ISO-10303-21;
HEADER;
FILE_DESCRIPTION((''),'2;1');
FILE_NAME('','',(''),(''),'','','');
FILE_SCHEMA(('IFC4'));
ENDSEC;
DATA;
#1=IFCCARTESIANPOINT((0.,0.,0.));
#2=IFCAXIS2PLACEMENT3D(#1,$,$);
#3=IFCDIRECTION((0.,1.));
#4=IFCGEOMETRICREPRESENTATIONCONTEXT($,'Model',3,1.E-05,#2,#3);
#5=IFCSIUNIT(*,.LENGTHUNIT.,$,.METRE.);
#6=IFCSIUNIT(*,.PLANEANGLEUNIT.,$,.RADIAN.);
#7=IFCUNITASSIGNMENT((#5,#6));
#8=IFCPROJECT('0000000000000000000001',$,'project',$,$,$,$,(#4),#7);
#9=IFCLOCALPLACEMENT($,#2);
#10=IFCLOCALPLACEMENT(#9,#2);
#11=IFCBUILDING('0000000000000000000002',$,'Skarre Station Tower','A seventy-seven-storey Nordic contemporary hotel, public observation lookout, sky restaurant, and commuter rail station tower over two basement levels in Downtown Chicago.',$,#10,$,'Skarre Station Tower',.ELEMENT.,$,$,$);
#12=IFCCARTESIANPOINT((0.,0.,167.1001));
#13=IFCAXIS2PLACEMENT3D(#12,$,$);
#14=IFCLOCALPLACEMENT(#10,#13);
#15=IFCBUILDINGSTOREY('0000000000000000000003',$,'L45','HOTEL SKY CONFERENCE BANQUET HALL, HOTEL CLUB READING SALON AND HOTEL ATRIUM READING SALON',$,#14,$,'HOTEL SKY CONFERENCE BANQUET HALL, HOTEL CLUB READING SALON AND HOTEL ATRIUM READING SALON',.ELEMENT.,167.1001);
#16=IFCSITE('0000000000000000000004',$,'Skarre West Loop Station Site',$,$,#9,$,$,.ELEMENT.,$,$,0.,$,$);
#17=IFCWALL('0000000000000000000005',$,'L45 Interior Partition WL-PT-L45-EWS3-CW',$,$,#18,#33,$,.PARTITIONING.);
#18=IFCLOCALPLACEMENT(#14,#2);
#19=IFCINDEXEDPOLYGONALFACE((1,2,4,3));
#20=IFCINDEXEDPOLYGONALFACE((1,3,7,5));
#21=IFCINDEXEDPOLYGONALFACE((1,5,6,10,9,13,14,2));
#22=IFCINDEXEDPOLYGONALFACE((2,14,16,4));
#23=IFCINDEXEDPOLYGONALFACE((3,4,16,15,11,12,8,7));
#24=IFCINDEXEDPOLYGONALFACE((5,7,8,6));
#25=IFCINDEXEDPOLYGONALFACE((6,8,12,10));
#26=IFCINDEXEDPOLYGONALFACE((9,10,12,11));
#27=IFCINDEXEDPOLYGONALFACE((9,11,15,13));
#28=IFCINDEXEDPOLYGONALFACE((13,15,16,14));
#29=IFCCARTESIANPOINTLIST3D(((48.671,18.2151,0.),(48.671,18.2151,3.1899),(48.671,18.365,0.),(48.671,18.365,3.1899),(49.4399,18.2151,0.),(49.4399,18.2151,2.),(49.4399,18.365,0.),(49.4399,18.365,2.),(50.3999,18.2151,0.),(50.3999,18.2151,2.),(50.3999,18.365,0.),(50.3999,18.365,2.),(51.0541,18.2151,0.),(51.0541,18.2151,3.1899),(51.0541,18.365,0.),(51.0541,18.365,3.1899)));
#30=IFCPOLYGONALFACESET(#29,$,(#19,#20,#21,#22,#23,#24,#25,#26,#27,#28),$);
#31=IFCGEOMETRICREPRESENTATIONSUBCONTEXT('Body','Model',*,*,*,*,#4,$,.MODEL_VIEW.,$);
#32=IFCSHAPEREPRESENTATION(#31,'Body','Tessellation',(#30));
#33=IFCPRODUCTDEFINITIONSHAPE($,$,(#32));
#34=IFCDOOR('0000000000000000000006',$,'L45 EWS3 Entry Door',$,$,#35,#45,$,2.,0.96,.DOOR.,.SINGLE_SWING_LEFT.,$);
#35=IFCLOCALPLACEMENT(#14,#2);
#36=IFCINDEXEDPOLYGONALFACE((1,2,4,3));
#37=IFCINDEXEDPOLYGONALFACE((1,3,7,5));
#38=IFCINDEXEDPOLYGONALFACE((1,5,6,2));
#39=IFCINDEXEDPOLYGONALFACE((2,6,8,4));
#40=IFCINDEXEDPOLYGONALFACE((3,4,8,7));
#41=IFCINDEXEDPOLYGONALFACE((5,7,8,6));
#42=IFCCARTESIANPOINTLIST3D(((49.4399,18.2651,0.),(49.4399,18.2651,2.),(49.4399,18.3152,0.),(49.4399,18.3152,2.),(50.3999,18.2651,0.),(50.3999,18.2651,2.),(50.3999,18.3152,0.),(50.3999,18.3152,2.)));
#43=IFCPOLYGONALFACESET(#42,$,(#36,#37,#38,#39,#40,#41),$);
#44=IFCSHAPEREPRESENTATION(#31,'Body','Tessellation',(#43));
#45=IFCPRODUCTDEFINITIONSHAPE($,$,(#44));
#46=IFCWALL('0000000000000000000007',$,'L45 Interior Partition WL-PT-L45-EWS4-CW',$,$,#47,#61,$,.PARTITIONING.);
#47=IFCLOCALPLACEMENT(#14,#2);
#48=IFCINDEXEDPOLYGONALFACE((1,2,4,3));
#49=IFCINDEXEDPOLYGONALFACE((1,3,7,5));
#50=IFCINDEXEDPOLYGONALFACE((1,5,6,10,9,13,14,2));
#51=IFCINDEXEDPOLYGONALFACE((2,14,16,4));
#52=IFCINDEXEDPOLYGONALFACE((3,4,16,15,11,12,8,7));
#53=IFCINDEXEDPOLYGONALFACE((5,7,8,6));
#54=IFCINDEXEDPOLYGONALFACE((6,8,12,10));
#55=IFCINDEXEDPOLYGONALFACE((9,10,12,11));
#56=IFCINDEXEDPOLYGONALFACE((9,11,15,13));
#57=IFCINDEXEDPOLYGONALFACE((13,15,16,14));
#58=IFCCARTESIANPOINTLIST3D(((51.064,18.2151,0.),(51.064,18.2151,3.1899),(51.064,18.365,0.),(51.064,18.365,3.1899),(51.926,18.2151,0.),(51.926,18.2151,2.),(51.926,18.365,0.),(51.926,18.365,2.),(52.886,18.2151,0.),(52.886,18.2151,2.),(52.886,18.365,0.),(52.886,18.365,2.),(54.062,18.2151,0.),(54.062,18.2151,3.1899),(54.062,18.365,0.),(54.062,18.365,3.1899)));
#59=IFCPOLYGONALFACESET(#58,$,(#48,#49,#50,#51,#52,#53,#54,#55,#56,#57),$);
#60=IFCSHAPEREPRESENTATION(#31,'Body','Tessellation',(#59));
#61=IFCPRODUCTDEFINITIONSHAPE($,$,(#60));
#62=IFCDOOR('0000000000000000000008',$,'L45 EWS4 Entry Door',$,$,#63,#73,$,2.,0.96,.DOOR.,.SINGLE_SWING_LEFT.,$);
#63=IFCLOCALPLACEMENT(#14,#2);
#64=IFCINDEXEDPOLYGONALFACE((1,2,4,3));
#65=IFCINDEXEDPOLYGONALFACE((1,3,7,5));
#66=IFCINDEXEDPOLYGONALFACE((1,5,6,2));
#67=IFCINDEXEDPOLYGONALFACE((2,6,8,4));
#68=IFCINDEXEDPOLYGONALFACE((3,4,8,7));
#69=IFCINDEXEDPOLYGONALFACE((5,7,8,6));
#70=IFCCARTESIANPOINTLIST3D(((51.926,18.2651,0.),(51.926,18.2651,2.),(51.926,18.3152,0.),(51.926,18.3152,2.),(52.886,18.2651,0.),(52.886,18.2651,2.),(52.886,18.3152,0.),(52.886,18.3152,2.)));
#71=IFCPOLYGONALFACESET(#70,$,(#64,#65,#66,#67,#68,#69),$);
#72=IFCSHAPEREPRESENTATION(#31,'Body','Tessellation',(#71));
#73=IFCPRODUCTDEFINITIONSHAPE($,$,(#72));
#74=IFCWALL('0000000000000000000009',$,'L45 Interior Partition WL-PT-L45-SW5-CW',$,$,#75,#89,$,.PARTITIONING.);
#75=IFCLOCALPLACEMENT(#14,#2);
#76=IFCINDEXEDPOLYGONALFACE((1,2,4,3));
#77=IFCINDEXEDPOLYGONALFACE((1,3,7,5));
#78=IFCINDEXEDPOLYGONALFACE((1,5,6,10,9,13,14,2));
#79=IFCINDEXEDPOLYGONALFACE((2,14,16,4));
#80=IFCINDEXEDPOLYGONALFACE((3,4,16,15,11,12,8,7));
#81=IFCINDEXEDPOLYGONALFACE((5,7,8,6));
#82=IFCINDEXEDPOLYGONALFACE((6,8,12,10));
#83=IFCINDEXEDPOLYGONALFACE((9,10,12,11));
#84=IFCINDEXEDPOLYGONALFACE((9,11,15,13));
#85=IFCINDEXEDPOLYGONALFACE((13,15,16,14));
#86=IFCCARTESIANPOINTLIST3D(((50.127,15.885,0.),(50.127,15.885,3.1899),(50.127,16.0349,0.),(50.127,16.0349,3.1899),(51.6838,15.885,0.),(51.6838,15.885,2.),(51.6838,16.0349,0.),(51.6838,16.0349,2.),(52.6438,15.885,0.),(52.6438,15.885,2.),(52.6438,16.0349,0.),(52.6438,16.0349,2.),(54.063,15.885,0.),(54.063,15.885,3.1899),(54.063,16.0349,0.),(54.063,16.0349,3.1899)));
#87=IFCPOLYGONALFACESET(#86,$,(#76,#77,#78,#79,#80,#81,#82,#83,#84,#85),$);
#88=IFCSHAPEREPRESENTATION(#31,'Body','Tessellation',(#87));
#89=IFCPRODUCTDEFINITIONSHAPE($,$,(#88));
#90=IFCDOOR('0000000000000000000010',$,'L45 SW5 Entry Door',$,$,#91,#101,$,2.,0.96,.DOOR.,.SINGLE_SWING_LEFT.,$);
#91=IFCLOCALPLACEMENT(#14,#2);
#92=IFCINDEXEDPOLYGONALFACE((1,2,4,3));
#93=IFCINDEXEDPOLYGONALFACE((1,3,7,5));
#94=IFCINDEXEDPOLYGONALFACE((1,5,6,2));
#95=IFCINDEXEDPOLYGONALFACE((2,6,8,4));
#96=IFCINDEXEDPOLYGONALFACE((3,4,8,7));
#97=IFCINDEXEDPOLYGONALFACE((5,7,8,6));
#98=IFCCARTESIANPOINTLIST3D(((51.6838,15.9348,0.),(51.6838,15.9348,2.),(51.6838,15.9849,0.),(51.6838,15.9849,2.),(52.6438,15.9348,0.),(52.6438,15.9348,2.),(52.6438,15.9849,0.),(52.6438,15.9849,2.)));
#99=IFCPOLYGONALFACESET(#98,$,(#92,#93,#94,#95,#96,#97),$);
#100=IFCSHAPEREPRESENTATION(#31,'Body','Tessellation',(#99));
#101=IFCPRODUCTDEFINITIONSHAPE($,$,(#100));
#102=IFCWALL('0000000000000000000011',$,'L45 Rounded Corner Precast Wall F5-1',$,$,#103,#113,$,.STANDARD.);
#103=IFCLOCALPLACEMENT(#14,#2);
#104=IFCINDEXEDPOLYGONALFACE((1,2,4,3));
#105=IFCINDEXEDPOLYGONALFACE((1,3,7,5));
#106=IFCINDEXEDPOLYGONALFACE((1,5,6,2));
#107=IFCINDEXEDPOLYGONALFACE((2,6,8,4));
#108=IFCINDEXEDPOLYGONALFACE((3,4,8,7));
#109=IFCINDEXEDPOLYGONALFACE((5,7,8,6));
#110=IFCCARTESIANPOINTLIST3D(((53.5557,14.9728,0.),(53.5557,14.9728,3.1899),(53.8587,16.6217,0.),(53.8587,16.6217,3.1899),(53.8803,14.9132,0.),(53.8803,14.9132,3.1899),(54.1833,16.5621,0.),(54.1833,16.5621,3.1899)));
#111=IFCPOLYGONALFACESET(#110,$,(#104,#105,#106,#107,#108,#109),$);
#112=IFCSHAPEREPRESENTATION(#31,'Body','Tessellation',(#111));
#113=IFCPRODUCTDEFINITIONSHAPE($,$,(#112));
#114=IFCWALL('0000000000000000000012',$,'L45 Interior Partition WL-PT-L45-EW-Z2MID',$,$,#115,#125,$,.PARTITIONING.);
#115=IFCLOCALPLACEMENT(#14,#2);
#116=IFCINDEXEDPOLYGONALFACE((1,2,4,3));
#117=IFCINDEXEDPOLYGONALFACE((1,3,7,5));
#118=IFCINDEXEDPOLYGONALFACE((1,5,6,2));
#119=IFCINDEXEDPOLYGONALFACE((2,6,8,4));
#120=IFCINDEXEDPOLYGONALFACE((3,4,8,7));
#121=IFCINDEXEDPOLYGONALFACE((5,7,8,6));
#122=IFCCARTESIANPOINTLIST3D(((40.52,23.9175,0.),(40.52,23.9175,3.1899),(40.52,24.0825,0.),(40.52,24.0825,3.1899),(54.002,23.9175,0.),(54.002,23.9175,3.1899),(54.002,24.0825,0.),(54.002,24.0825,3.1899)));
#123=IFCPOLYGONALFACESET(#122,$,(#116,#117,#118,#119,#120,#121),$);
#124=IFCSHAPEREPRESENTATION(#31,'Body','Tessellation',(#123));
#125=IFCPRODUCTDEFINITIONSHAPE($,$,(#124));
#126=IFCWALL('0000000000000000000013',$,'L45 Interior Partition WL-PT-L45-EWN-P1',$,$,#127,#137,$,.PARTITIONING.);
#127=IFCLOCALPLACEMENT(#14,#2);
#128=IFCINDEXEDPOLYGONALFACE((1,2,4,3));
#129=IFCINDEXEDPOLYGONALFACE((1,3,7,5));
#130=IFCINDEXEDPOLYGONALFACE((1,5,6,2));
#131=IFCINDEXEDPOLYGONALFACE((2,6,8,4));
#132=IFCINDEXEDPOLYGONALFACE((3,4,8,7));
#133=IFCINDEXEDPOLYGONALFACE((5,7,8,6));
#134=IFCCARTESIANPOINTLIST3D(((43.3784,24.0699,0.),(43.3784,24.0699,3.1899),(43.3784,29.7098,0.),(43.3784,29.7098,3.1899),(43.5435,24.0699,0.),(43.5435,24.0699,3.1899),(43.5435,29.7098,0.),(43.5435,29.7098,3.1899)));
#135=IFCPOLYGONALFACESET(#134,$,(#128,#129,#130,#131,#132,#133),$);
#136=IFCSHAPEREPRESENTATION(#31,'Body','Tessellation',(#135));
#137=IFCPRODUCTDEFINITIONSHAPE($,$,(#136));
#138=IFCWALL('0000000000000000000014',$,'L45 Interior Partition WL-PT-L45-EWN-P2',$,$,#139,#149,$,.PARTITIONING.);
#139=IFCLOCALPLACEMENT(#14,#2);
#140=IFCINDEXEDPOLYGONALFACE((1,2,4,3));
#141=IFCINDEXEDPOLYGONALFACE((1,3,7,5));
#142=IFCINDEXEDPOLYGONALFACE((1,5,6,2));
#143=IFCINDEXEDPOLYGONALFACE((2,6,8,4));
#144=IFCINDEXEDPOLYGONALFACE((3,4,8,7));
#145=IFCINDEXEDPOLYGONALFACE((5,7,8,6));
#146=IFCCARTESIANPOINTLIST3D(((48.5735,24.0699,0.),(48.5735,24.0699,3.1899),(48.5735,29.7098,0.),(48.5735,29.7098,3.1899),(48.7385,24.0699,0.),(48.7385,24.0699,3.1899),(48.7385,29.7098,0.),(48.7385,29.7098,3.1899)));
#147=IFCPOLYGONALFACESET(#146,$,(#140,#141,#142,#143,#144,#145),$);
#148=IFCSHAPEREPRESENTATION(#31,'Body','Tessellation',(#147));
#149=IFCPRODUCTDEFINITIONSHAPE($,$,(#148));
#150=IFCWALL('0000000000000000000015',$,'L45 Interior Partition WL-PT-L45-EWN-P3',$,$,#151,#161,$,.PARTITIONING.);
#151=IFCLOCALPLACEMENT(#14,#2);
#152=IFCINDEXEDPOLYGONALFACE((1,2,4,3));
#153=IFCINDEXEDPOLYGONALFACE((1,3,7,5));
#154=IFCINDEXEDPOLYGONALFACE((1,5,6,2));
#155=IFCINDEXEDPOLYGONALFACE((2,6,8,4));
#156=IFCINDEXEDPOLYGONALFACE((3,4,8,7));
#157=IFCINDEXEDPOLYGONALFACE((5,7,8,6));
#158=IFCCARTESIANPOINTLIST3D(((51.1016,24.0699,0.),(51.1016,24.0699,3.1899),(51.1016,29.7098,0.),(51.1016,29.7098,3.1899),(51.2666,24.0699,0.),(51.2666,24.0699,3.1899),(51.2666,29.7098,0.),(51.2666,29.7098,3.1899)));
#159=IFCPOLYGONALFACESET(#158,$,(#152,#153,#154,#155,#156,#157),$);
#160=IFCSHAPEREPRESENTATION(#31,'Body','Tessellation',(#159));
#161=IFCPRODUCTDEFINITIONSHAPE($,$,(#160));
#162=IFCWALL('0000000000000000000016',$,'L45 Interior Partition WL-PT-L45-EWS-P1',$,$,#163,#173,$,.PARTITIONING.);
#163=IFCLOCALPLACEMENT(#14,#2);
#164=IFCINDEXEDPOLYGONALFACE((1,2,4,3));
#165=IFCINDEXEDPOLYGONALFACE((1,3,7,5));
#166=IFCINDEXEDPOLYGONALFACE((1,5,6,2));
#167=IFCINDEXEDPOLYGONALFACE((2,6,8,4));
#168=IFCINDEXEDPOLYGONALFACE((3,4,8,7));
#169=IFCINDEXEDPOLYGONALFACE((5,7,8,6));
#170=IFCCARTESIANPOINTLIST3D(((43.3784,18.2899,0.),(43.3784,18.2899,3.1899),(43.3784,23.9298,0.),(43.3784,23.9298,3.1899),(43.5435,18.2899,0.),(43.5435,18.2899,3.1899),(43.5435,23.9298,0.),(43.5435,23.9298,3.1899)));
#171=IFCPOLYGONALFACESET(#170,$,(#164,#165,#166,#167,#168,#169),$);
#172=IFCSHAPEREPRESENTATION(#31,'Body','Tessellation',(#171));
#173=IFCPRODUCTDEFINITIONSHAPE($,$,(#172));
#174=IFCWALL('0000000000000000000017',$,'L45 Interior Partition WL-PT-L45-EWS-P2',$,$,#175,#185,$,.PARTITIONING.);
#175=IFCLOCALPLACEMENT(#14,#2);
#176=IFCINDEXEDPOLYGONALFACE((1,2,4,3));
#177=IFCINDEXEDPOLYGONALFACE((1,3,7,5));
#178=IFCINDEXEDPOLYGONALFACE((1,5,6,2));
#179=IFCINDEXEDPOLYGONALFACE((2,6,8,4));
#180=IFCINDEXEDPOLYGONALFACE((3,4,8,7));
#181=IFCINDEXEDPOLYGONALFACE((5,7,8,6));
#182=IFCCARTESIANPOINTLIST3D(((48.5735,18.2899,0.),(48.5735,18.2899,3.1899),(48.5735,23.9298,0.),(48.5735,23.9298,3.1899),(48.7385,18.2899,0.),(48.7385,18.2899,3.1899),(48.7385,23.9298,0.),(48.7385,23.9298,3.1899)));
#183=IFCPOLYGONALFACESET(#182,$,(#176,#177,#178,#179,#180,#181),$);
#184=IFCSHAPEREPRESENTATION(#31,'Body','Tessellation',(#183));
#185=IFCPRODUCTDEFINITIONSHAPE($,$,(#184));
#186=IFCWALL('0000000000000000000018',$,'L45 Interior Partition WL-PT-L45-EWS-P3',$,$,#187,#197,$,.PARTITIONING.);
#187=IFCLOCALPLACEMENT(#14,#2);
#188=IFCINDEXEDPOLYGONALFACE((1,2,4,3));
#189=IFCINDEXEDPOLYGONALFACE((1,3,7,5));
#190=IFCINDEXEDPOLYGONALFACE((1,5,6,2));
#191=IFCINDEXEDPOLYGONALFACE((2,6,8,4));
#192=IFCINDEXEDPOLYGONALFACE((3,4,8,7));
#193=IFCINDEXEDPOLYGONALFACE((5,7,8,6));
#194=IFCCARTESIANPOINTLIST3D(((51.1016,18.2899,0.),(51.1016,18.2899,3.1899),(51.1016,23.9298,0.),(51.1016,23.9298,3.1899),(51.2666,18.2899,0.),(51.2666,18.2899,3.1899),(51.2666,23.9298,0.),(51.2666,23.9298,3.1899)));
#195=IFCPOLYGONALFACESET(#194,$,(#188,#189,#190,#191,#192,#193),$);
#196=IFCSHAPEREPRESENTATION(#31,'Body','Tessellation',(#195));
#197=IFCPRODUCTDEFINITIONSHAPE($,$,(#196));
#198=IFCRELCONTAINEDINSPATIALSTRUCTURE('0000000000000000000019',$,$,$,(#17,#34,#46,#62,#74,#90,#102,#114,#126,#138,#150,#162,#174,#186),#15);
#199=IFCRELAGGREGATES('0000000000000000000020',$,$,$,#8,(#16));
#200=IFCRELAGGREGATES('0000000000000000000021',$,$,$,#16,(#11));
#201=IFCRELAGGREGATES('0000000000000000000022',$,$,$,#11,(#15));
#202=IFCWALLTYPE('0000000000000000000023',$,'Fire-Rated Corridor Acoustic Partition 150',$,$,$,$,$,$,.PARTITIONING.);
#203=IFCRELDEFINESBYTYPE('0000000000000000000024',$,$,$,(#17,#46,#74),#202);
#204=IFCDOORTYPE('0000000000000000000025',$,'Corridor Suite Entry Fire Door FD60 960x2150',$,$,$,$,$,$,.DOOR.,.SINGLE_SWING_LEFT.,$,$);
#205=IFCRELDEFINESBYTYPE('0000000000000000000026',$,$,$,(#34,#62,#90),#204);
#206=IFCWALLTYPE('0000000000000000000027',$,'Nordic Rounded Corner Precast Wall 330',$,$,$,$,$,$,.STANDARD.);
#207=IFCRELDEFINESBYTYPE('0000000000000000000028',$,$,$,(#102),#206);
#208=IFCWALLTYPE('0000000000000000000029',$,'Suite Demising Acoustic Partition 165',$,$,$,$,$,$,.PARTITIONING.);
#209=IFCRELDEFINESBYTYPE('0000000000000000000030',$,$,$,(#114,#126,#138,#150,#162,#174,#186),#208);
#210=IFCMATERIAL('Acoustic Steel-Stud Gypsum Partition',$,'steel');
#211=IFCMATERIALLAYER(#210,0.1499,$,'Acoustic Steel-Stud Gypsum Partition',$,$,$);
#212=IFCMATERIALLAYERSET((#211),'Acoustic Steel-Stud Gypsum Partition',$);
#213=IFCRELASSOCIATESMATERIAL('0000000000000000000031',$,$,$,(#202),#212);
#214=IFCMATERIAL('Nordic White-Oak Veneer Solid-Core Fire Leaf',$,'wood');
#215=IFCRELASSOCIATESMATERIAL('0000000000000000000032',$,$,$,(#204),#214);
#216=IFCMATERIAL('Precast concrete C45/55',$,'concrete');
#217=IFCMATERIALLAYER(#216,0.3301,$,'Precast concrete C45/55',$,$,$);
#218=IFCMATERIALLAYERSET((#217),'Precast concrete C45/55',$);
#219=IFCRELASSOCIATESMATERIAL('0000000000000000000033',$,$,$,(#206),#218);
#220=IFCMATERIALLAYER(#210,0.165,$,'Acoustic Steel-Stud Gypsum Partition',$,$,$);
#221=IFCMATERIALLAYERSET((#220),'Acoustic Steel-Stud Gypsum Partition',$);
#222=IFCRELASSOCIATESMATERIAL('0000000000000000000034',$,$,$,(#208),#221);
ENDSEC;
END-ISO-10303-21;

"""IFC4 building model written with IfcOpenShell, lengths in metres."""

from ifc_helpers import new_model, si_unit, direction, frame, frame_2d, origin, place, context, subcontext, project, spatial, rectangle, extrude, material, layer, layer_set, type_object, element, fill, save


model = new_model("IFC4")

# Units and contexts
model_context = context("Model", 3, precision=1e-05, world=origin(), true_north=direction((0.0, 1.0)))
body_context = subcontext(model_context, "Body", "Model", "MODEL_VIEW")
ifc_project = project(units=[si_unit("LENGTHUNIT", "METRE"), si_unit("PLANEANGLEUNIT", "RADIAN")], contexts=[model_context])

# Site, building, storey
site_placement = place(None, origin())
site = spatial("IfcSite", under=ifc_project, at=site_placement, Name="Skarre West Loop Station Site", CompositionType="ELEMENT", RefElevation=0.0)
building_placement = place(site_placement, origin())
building = spatial("IfcBuilding", under=site, at=building_placement, Name="Skarre Station Tower", Description="A seventy-seven-storey Nordic contemporary hotel, public observation lookout, sky restaurant, and commuter rail station tower over two basement levels in Downtown Chicago.", LongName="Skarre Station Tower", CompositionType="ELEMENT")
storey_placement = place(building_placement, frame((0.0, 0.0, 167.1001)))
storey = spatial("IfcBuildingStorey", under=building, at=storey_placement, Name="L45", Description="HOTEL SKY CONFERENCE BANQUET HALL, HOTEL CLUB READING SALON AND HOTEL ATRIUM READING SALON", LongName="HOTEL SKY CONFERENCE BANQUET HALL, HOTEL CLUB READING SALON AND HOTEL ATRIUM READING SALON", CompositionType="ELEMENT", Elevation=167.1001)

# Shared definitions
ifc_material_1 = material(Name="Acoustic Steel-Stud Gypsum Partition", Category="steel")
ifc_layer_1 = layer(ifc_material_1, 0.1499, Name="Acoustic Steel-Stud Gypsum Partition")
ifc_layer_set_1 = layer_set([ifc_layer_1], Name="Acoustic Steel-Stud Gypsum Partition")
wall_type_1 = type_object("IfcWallType", Name="Fire-Rated Corridor Acoustic Partition 150", PredefinedType="PARTITIONING", material=ifc_layer_set_1)

# Walls, openings, doors
ifc_material_2 = material(Name="Nordic White-Oak Veneer Solid-Core Fire Leaf", Category="wood")
door_type = type_object("IfcDoorType", Name="Corridor Suite Entry Fire Door FD60 960x2150", OperationType="SINGLE_SWING_LEFT", PredefinedType="DOOR", material=ifc_material_2)
wall_1_placement = place(storey_placement, frame((51.054, 18.29, 0.0), z_axis=(0.0, 0.0, 1.0), x_axis=(-1.0, 0.0, 0.0)))
wall_1 = element("IfcWall", 1, at=wall_1_placement, inside=storey, type_object=wall_type_1, Name="L45 Interior Partition WL-PT-L45-EWS3-CW", PredefinedType="PARTITIONING", context=body_context, shape_type="SweptSolid", body=[
    extrude(rectangle(XDim=2.3831, YDim=0.1499, at=frame_2d((1.1914, 0.0))), origin(), (0.0, 0.0, 1.0), 3.1899),
])
opening_1_placement = place(wall_1_placement, frame((0.6541, 0.0, 0.0)))
opening_1 = element("IfcOpeningElement", 2, at=opening_1_placement, cuts=wall_1, PredefinedType="OPENING", context=body_context, shape_type="SweptSolid", body=[
    extrude(rectangle(XDim=0.96, YDim=2.0, at=frame_2d((0.48, 1.0))), frame((0.0, 0.085, 0.0), z_axis=(0.0, -1.0, 0.0), x_axis=(1.0, 0.0, 0.0)), (0.0, 0.0, 1.0), 0.1699),
])
door_1_placement = place(opening_1_placement, origin())
door_1 = element("IfcDoor", 3, at=door_1_placement, inside=storey, type_object=door_type, Name="L45 EWS3 Entry Door", OperationType="SINGLE_SWING_LEFT", OverallHeight=2.0, OverallWidth=0.96, PredefinedType="DOOR", context=body_context, shape_type="SweptSolid", body=[
    extrude(rectangle(XDim=0.96, YDim=2.0, at=frame_2d((0.48, 1.0))), frame((0.0, 0.0249, 0.0), z_axis=(0.0, -1.0, 0.0), x_axis=(1.0, 0.0, 0.0)), (0.0, 0.0, 1.0), 0.05),
])
fill(opening_1, door_1)
wall_2_placement = place(storey_placement, frame((54.062, 18.29, 0.0), z_axis=(0.0, 0.0, 1.0), x_axis=(-1.0, 0.0, 0.0)))
wall_2 = element("IfcWall", 4, at=wall_2_placement, inside=storey, type_object=wall_type_1, Name="L45 Interior Partition WL-PT-L45-EWS4-CW", PredefinedType="PARTITIONING", context=body_context, shape_type="SweptSolid", body=[
    extrude(rectangle(XDim=2.998, YDim=0.1499, at=frame_2d((1.499, 0.0))), origin(), (0.0, 0.0, 1.0), 3.1899),
])
opening_2_placement = place(wall_2_placement, frame((1.176, 0.0, 0.0)))
opening_2 = element("IfcOpeningElement", 5, at=opening_2_placement, cuts=wall_2, PredefinedType="OPENING", context=body_context, shape_type="SweptSolid", body=[
    extrude(rectangle(XDim=0.96, YDim=2.0, at=frame_2d((0.48, 1.0))), frame((0.0, 0.085, 0.0), z_axis=(0.0, -1.0, 0.0), x_axis=(1.0, 0.0, 0.0)), (0.0, 0.0, 1.0), 0.1699),
])
door_2_placement = place(opening_2_placement, origin())
door_2 = element("IfcDoor", 6, at=door_2_placement, inside=storey, type_object=door_type, Name="L45 EWS4 Entry Door", OperationType="SINGLE_SWING_LEFT", OverallHeight=2.0, OverallWidth=0.96, PredefinedType="DOOR", context=body_context, shape_type="SweptSolid", body=[
    extrude(rectangle(XDim=0.96, YDim=2.0, at=frame_2d((0.48, 1.0))), frame((0.0, 0.0249, 0.0), z_axis=(0.0, -1.0, 0.0), x_axis=(1.0, 0.0, 0.0)), (0.0, 0.0, 1.0), 0.05),
])
fill(opening_2, door_2)
wall_3_placement = place(storey_placement, frame((50.127, 15.96, 0.0), z_axis=(0.0, 0.0, 1.0), x_axis=(1.0, 0.0, 0.0)))
wall_3 = element("IfcWall", 7, at=wall_3_placement, inside=storey, type_object=wall_type_1, Name="L45 Interior Partition WL-PT-L45-SW5-CW", PredefinedType="PARTITIONING", context=body_context, shape_type="SweptSolid", body=[
    extrude(rectangle(XDim=3.936, YDim=0.1499, at=frame_2d((1.968, 0.0))), origin(), (0.0, 0.0, 1.0), 3.1899),
])
opening_3_placement = place(wall_3_placement, frame((1.5569, 0.0, 0.0)))
opening_3 = element("IfcOpeningElement", 8, at=opening_3_placement, cuts=wall_3, PredefinedType="OPENING", context=body_context, shape_type="SweptSolid", body=[
    extrude(rectangle(XDim=0.96, YDim=2.0, at=frame_2d((0.48, 1.0))), frame((0.0, 0.085, 0.0), z_axis=(0.0, -1.0, 0.0), x_axis=(1.0, 0.0, 0.0)), (0.0, 0.0, 1.0), 0.1699),
])
door_3_placement = place(opening_3_placement, origin())
door_3 = element("IfcDoor", 9, at=door_3_placement, inside=storey, type_object=door_type, Name="L45 SW5 Entry Door", OperationType="SINGLE_SWING_LEFT", OverallHeight=2.0, OverallWidth=0.96, PredefinedType="DOOR", context=body_context, shape_type="SweptSolid", body=[
    extrude(rectangle(XDim=0.96, YDim=2.0, at=frame_2d((0.48, 1.0))), frame((0.0, 0.0249, 0.0), z_axis=(0.0, -1.0, 0.0), x_axis=(1.0, 0.0, 0.0)), (0.0, 0.0, 1.0), 0.05),
])
fill(opening_3, door_3)

# Walls
ifc_material_3 = material(Name="Precast concrete C45/55", Category="concrete")
ifc_layer_2 = layer(ifc_material_3, 0.3301, Name="Precast concrete C45/55")
ifc_layer_set_2 = layer_set([ifc_layer_2], Name="Precast concrete C45/55")
wall_type_2 = type_object("IfcWallType", Name="Nordic Rounded Corner Precast Wall 330", PredefinedType="STANDARD", material=ifc_layer_set_2)
wall_4_placement = place(storey_placement, frame((54.021, 16.592, 0.0), z_axis=(0.0, 0.0, 1.0), x_axis=(-0.180718, -0.983535, 0.0)))
element("IfcWall", 10, at=wall_4_placement, inside=storey, type_object=wall_type_2, Name="L45 Rounded Corner Precast Wall F5-1", PredefinedType="STANDARD", context=body_context, shape_type="SweptSolid", body=[
    extrude(rectangle(XDim=1.6765, YDim=0.3301, at=frame_2d((0.8384, 0.0))), origin(), (0.0, 0.0, 1.0), 3.1899),
])
ifc_layer_3 = layer(ifc_material_1, 0.165, Name="Acoustic Steel-Stud Gypsum Partition")
ifc_layer_set_3 = layer_set([ifc_layer_3], Name="Acoustic Steel-Stud Gypsum Partition")
wall_type_3 = type_object("IfcWallType", Name="Suite Demising Acoustic Partition 165", PredefinedType="PARTITIONING", material=ifc_layer_set_3)
wall_5_placement = place(storey_placement, frame((40.52, 24.0, 0.0), z_axis=(0.0, 0.0, 1.0), x_axis=(1.0, 0.0, 0.0)))
element("IfcWall", 11, at=wall_5_placement, inside=storey, type_object=wall_type_3, Name="L45 Interior Partition WL-PT-L45-EW-Z2MID", PredefinedType="PARTITIONING", context=body_context, shape_type="SweptSolid", body=[
    extrude(rectangle(XDim=13.4819, YDim=0.165, at=frame_2d((6.741, 0.0))), origin(), (0.0, 0.0, 1.0), 3.1899),
])
for number, where, z_axis, x_axis, name in (
    (12, (43.4609, 24.0701, 0.0), (0.0, 0.0, 1.0), (0.0, 1.0, 0.0), "L45 Interior Partition WL-PT-L45-EWN-P1"),
    (13, (48.656, 24.0701, 0.0), (0.0, 0.0, 1.0), (0.0, 1.0, 0.0), "L45 Interior Partition WL-PT-L45-EWN-P2"),
    (14, (51.1841, 24.0701, 0.0), (0.0, 0.0, 1.0), (0.0, 1.0, 0.0), "L45 Interior Partition WL-PT-L45-EWN-P3"),
    (15, (43.4609, 18.29, 0.0), (0.0, 0.0, 1.0), (0.0, 1.0, 0.0), "L45 Interior Partition WL-PT-L45-EWS-P1"),
    (16, (48.656, 18.29, 0.0), (0.0, 0.0, 1.0), (0.0, 1.0, 0.0), "L45 Interior Partition WL-PT-L45-EWS-P2"),
    (17, (51.1841, 18.29, 0.0), (0.0, 0.0, 1.0), (0.0, 1.0, 0.0), "L45 Interior Partition WL-PT-L45-EWS-P3"),
):
    element("IfcWall", number, at=place(storey_placement, frame(where, z_axis=z_axis, x_axis=x_axis)), inside=storey, type_object=wall_type_3, Name=name, PredefinedType="PARTITIONING", context=body_context, shape_type="SweptSolid", body=[
        extrude(rectangle(XDim=5.6399, YDim=0.165, at=frame_2d((2.8198, 0.0))), origin(), (0.0, 0.0, 1.0), 3.1899),
    ])

save(model, "model.ifc")
